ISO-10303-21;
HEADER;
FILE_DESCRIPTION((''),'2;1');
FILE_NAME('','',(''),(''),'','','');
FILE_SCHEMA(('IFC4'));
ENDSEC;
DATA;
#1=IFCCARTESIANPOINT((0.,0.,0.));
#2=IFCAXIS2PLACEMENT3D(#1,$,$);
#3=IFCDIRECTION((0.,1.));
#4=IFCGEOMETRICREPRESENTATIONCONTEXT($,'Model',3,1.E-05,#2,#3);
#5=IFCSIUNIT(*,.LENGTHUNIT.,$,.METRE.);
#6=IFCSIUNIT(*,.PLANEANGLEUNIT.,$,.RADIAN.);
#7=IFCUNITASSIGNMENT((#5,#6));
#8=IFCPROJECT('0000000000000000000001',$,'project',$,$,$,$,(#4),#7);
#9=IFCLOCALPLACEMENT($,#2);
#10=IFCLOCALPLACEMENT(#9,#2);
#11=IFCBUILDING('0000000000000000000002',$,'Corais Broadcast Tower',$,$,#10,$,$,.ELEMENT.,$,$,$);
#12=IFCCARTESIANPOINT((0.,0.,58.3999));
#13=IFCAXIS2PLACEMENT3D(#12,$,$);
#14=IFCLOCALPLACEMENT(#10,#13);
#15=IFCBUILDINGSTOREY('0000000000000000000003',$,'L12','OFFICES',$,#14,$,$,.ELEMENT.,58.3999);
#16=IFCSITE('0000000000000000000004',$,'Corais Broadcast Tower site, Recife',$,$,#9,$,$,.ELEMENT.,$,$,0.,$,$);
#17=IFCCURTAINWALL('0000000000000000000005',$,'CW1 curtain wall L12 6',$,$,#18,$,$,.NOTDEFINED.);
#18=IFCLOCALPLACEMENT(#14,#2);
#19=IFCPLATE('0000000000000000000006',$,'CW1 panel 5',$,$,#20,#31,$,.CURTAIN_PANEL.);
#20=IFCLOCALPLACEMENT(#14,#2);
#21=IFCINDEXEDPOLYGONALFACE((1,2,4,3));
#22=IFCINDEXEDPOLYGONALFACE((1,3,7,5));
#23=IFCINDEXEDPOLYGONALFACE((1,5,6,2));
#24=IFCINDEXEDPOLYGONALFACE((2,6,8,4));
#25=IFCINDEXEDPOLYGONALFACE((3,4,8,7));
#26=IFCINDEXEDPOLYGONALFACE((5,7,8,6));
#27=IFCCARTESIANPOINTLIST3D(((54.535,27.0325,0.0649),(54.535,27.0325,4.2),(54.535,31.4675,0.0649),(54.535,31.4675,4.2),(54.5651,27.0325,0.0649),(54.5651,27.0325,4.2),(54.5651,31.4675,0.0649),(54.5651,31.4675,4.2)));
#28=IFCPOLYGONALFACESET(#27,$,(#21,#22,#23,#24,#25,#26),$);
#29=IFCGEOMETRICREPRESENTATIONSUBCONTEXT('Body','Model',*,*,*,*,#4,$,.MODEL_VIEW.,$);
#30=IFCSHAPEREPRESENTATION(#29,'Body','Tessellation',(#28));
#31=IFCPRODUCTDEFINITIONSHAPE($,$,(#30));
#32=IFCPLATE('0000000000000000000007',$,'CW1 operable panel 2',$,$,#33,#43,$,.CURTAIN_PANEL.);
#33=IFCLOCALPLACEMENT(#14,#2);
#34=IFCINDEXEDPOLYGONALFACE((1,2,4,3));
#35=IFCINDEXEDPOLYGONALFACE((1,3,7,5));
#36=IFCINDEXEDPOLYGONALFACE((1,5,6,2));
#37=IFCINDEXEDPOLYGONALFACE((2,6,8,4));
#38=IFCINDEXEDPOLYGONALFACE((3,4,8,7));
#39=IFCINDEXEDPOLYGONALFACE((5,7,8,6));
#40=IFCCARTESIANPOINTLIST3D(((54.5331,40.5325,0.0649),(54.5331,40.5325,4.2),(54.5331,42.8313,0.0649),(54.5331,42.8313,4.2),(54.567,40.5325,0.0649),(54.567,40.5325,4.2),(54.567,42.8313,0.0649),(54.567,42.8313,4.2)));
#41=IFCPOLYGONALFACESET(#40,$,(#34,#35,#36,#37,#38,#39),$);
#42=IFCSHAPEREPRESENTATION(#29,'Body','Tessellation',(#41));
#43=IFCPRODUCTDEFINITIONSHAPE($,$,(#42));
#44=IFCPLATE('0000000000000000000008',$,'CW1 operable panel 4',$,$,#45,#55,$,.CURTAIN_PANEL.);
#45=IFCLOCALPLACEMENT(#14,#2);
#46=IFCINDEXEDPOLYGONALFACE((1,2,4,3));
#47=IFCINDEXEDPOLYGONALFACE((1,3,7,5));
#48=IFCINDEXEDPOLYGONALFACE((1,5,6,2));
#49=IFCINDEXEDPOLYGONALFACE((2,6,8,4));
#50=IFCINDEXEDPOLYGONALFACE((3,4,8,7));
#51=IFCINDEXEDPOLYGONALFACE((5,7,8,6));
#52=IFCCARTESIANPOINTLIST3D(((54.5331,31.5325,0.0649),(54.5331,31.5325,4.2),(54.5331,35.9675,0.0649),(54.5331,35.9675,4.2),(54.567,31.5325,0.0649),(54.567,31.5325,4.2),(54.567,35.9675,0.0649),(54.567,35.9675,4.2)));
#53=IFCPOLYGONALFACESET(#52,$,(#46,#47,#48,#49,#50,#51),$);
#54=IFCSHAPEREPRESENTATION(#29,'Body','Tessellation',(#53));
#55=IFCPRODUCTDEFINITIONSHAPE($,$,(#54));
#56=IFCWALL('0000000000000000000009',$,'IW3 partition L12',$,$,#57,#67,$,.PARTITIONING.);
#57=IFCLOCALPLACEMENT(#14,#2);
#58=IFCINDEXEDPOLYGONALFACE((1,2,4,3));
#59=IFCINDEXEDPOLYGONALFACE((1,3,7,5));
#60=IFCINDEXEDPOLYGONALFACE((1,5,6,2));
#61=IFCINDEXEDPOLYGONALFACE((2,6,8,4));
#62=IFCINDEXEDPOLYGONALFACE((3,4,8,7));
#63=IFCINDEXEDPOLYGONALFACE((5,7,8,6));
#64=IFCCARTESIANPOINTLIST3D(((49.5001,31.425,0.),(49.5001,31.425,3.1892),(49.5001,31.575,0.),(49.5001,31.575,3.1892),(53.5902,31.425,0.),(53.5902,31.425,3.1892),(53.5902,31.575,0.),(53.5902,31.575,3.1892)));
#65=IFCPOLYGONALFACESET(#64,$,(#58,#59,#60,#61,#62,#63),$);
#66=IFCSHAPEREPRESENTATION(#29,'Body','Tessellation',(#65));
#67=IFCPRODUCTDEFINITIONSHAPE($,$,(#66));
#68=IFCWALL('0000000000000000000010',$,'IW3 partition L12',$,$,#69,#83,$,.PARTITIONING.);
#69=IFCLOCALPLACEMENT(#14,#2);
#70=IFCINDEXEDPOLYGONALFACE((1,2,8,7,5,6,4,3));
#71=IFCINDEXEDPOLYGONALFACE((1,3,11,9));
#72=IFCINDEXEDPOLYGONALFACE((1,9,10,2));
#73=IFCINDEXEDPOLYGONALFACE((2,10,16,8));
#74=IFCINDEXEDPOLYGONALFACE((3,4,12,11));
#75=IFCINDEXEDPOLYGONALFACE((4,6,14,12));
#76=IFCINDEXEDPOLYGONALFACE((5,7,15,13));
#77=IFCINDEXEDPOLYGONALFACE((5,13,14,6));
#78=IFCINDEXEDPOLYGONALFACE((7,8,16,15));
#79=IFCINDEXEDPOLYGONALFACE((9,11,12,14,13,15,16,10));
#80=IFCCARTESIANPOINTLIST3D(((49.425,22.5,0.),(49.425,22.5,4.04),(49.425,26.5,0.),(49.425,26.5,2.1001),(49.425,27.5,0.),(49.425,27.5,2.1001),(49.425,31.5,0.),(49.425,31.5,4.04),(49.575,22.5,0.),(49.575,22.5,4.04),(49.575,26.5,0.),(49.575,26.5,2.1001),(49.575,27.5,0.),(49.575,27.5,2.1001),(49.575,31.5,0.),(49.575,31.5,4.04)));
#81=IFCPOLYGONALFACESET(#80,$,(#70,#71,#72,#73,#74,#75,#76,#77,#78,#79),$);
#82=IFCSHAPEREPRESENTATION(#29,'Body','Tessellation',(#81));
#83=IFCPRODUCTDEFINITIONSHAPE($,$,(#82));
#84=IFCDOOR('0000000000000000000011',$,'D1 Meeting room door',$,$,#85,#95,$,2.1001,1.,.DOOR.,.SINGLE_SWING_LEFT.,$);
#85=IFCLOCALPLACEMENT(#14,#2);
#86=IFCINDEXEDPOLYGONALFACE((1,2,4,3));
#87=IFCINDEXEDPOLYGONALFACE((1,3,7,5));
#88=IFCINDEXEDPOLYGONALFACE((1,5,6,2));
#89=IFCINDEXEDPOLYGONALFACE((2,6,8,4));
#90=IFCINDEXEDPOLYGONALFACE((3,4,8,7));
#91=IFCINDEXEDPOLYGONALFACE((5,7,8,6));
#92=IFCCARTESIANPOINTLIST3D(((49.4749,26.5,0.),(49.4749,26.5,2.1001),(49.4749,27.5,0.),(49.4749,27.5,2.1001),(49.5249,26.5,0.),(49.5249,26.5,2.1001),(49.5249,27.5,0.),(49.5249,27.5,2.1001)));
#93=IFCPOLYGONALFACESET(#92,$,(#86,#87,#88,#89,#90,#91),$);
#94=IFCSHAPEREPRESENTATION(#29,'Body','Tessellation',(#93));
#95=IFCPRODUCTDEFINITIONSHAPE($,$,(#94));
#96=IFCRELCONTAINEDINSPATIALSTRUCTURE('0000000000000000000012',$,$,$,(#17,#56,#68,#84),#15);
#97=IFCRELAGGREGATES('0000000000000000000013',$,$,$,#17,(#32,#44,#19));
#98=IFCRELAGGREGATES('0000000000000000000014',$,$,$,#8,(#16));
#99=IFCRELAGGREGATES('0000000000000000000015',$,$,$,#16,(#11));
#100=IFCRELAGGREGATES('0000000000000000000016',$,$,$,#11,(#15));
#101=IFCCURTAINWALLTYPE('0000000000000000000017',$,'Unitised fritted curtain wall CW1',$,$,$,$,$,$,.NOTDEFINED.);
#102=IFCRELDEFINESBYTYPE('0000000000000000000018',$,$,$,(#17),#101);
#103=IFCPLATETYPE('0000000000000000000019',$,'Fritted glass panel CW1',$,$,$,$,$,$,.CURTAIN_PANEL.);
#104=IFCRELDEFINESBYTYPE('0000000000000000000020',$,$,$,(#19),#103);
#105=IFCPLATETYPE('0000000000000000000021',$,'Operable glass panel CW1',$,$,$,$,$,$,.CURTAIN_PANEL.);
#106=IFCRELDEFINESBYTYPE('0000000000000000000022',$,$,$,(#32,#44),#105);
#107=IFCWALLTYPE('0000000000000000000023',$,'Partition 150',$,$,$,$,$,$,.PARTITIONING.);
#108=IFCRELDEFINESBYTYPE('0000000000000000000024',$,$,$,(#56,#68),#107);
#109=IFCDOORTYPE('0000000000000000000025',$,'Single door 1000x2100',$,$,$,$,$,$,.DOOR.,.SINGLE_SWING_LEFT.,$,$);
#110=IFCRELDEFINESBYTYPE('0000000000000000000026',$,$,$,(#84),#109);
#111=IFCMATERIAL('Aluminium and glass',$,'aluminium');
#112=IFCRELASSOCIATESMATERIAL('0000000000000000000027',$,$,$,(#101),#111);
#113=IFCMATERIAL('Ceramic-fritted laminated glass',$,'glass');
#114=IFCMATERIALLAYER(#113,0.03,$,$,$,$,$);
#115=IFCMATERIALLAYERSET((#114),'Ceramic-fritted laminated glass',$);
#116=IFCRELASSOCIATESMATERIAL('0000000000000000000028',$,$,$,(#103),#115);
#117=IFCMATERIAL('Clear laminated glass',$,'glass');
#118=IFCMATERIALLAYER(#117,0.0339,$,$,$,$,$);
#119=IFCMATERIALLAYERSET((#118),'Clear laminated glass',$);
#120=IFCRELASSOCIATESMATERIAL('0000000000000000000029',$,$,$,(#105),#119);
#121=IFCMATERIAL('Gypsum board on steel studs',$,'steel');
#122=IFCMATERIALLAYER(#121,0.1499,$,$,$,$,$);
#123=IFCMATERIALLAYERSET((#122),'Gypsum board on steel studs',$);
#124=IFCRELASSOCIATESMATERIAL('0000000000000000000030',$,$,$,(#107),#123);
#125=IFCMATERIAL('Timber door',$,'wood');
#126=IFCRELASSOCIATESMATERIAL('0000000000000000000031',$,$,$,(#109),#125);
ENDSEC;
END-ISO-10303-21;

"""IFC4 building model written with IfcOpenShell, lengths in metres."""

from ifc_helpers import new_model, si_unit, direction, frame, frame_2d, origin, origin_2d, place, context, subcontext, project, spatial, rectangle, extrude, material, layer, layer_set, type_object, element, fill, aggregate, save


model = new_model("IFC4")

# Units and contexts
model_context = context("Model", 3, precision=1e-05, world=origin(), true_north=direction((0.0, 1.0)))
body_context = subcontext(model_context, "Body", "Model", "MODEL_VIEW")
ifc_project = project(units=[si_unit("LENGTHUNIT", "METRE"), si_unit("PLANEANGLEUNIT", "RADIAN")], contexts=[model_context])

# Site, building, storey
site_placement = place(None, origin())
site = spatial("IfcSite", under=ifc_project, at=site_placement, Name="Corais Broadcast Tower site, Recife", CompositionType="ELEMENT", RefElevation=0.0)
building_placement = place(site_placement, origin())
building = spatial("IfcBuilding", under=site, at=building_placement, Name="Corais Broadcast Tower", CompositionType="ELEMENT")
storey_placement = place(building_placement, frame((0.0, 0.0, 58.3999)))
storey = spatial("IfcBuildingStorey", under=building, at=storey_placement, Name="L12", Description="OFFICES", CompositionType="ELEMENT", Elevation=58.3999)

# Curtain wall
ifc_material_1 = material(Name="Aluminium and glass", Category="aluminium")
curtain_wall_type = type_object("IfcCurtainWallType", Name="Unitised fritted curtain wall CW1", PredefinedType="NOTDEFINED", material=ifc_material_1)
curtain_wall_placement = place(storey_placement, origin())
curtain_wall = element("IfcCurtainWall", 1, at=curtain_wall_placement, inside=storey, type_object=curtain_wall_type, Name="CW1 curtain wall L12 6", PredefinedType="NOTDEFINED")

# Plates
ifc_material_2 = material(Name="Ceramic-fritted laminated glass", Category="glass")
ifc_layer_1 = layer(ifc_material_2, 0.03)
ifc_layer_set_1 = layer_set([ifc_layer_1], Name="Ceramic-fritted laminated glass")
plate_type_1 = type_object("IfcPlateType", Name="Fritted glass panel CW1", PredefinedType="CURTAIN_PANEL", material=ifc_layer_set_1)
plate_1_placement = place(storey_placement, frame((54.55, 29.25, 0.0649), z_axis=(0.0, 0.0, 1.0), x_axis=(0.0, -1.0, 0.0)))
plate_1 = element("IfcPlate", 2, at=plate_1_placement, type_object=plate_type_1, Name="CW1 panel 5", PredefinedType="CURTAIN_PANEL", context=body_context, shape_type="SweptSolid", body=[
    extrude(rectangle(XDim=4.4351, YDim=0.03, at=origin_2d()), origin(), (0.0, 0.0, 1.0), 4.135),
])
ifc_material_3 = material(Name="Clear laminated glass", Category="glass")
ifc_layer_2 = layer(ifc_material_3, 0.0339)
ifc_layer_set_2 = layer_set([ifc_layer_2], Name="Clear laminated glass")
plate_type_2 = type_object("IfcPlateType", Name="Operable glass panel CW1", PredefinedType="CURTAIN_PANEL", material=ifc_layer_set_2)
plate_2_placement = place(storey_placement, frame((54.55, 41.6819, 0.0649), z_axis=(0.0, 0.0, 1.0), x_axis=(0.0, -1.0, 0.0)))
plate_2 = element("IfcPlate", 3, at=plate_2_placement, type_object=plate_type_2, Name="CW1 operable panel 2", PredefinedType="CURTAIN_PANEL", context=body_context, shape_type="SweptSolid", body=[
    extrude(rectangle(XDim=2.2988, YDim=0.0339, at=origin_2d()), origin(), (0.0, 0.0, 1.0), 4.135),
])
plate_3_placement = place(storey_placement, frame((54.55, 33.75, 0.0649), z_axis=(0.0, 0.0, 1.0), x_axis=(0.0, -1.0, 0.0)))
plate_3 = element("IfcPlate", 4, at=plate_3_placement, type_object=plate_type_2, Name="CW1 operable panel 4", PredefinedType="CURTAIN_PANEL", context=body_context, shape_type="SweptSolid", body=[
    extrude(rectangle(XDim=4.4351, YDim=0.0339, at=origin_2d()), origin(), (0.0, 0.0, 1.0), 4.135),
])
aggregate(curtain_wall, [plate_2, plate_3, plate_1])

# Wall
ifc_material_4 = material(Name="Gypsum board on steel studs", Category="steel")
ifc_layer_3 = layer(ifc_material_4, 0.1499)
ifc_layer_set_3 = layer_set([ifc_layer_3], Name="Gypsum board on steel studs")
wall_type = type_object("IfcWallType", Name="Partition 150", PredefinedType="PARTITIONING", material=ifc_layer_set_3)
wall_1_placement = place(storey_placement, frame((53.5901, 31.5, 0.0), z_axis=(0.0, 0.0, 1.0), x_axis=(-1.0, 0.0, 0.0)))
element("IfcWall", 5, at=wall_1_placement, inside=storey, type_object=wall_type, Name="IW3 partition L12", PredefinedType="PARTITIONING", context=body_context, shape_type="SweptSolid", body=[
    extrude(rectangle(XDim=4.0901, YDim=0.1499, at=frame_2d((2.0449, 0.0))), origin(), (0.0, 0.0, 1.0), 3.1892),
])

# Wall, opening, door
wall_2_placement = place(storey_placement, frame((49.5, 31.5, 0.0), z_axis=(0.0, 0.0, 1.0), x_axis=(0.0, -1.0, 0.0)))
wall_2 = element("IfcWall", 6, at=wall_2_placement, inside=storey, type_object=wall_type, Name="IW3 partition L12", PredefinedType="PARTITIONING", context=body_context, shape_type="SweptSolid", body=[
    extrude(rectangle(XDim=9.0, YDim=0.1499, at=frame_2d((4.5, 0.0))), origin(), (0.0, 0.0, 1.0), 4.04),
])
opening_placement = place(wall_2_placement, frame((4.0, 0.0, 0.0)))
opening = element("IfcOpeningElement", 7, at=opening_placement, cuts=wall_2, PredefinedType="OPENING", context=body_context, shape_type="SweptSolid", body=[
    extrude(rectangle(XDim=1.0, YDim=2.1001, at=frame_2d((0.5, 1.05))), frame((0.0, 0.085, 0.0), z_axis=(0.0, -1.0, 0.0), x_axis=(1.0, 0.0, 0.0)), (0.0, 0.0, 1.0), 0.1699),
])
ifc_material_5 = material(Name="Timber door", Category="wood")
door_type = type_object("IfcDoorType", Name="Single door 1000x2100", OperationType="SINGLE_SWING_LEFT", PredefinedType="DOOR", material=ifc_material_5)
door_placement = place(opening_placement, origin())
door = element("IfcDoor", 8, at=door_placement, inside=storey, type_object=door_type, Name="D1 Meeting room door", OperationType="SINGLE_SWING_LEFT", OverallHeight=2.1001, OverallWidth=1.0, PredefinedType="DOOR", context=body_context, shape_type="SweptSolid", body=[
    extrude(rectangle(XDim=1.0, YDim=2.1001, at=frame_2d((0.5, 1.05))), frame((0.0, 0.0249, 0.0), z_axis=(0.0, -1.0, 0.0), x_axis=(1.0, 0.0, 0.0)), (0.0, 0.0, 1.0), 0.05),
])
fill(opening, door)

save(model, "model.ifc")
